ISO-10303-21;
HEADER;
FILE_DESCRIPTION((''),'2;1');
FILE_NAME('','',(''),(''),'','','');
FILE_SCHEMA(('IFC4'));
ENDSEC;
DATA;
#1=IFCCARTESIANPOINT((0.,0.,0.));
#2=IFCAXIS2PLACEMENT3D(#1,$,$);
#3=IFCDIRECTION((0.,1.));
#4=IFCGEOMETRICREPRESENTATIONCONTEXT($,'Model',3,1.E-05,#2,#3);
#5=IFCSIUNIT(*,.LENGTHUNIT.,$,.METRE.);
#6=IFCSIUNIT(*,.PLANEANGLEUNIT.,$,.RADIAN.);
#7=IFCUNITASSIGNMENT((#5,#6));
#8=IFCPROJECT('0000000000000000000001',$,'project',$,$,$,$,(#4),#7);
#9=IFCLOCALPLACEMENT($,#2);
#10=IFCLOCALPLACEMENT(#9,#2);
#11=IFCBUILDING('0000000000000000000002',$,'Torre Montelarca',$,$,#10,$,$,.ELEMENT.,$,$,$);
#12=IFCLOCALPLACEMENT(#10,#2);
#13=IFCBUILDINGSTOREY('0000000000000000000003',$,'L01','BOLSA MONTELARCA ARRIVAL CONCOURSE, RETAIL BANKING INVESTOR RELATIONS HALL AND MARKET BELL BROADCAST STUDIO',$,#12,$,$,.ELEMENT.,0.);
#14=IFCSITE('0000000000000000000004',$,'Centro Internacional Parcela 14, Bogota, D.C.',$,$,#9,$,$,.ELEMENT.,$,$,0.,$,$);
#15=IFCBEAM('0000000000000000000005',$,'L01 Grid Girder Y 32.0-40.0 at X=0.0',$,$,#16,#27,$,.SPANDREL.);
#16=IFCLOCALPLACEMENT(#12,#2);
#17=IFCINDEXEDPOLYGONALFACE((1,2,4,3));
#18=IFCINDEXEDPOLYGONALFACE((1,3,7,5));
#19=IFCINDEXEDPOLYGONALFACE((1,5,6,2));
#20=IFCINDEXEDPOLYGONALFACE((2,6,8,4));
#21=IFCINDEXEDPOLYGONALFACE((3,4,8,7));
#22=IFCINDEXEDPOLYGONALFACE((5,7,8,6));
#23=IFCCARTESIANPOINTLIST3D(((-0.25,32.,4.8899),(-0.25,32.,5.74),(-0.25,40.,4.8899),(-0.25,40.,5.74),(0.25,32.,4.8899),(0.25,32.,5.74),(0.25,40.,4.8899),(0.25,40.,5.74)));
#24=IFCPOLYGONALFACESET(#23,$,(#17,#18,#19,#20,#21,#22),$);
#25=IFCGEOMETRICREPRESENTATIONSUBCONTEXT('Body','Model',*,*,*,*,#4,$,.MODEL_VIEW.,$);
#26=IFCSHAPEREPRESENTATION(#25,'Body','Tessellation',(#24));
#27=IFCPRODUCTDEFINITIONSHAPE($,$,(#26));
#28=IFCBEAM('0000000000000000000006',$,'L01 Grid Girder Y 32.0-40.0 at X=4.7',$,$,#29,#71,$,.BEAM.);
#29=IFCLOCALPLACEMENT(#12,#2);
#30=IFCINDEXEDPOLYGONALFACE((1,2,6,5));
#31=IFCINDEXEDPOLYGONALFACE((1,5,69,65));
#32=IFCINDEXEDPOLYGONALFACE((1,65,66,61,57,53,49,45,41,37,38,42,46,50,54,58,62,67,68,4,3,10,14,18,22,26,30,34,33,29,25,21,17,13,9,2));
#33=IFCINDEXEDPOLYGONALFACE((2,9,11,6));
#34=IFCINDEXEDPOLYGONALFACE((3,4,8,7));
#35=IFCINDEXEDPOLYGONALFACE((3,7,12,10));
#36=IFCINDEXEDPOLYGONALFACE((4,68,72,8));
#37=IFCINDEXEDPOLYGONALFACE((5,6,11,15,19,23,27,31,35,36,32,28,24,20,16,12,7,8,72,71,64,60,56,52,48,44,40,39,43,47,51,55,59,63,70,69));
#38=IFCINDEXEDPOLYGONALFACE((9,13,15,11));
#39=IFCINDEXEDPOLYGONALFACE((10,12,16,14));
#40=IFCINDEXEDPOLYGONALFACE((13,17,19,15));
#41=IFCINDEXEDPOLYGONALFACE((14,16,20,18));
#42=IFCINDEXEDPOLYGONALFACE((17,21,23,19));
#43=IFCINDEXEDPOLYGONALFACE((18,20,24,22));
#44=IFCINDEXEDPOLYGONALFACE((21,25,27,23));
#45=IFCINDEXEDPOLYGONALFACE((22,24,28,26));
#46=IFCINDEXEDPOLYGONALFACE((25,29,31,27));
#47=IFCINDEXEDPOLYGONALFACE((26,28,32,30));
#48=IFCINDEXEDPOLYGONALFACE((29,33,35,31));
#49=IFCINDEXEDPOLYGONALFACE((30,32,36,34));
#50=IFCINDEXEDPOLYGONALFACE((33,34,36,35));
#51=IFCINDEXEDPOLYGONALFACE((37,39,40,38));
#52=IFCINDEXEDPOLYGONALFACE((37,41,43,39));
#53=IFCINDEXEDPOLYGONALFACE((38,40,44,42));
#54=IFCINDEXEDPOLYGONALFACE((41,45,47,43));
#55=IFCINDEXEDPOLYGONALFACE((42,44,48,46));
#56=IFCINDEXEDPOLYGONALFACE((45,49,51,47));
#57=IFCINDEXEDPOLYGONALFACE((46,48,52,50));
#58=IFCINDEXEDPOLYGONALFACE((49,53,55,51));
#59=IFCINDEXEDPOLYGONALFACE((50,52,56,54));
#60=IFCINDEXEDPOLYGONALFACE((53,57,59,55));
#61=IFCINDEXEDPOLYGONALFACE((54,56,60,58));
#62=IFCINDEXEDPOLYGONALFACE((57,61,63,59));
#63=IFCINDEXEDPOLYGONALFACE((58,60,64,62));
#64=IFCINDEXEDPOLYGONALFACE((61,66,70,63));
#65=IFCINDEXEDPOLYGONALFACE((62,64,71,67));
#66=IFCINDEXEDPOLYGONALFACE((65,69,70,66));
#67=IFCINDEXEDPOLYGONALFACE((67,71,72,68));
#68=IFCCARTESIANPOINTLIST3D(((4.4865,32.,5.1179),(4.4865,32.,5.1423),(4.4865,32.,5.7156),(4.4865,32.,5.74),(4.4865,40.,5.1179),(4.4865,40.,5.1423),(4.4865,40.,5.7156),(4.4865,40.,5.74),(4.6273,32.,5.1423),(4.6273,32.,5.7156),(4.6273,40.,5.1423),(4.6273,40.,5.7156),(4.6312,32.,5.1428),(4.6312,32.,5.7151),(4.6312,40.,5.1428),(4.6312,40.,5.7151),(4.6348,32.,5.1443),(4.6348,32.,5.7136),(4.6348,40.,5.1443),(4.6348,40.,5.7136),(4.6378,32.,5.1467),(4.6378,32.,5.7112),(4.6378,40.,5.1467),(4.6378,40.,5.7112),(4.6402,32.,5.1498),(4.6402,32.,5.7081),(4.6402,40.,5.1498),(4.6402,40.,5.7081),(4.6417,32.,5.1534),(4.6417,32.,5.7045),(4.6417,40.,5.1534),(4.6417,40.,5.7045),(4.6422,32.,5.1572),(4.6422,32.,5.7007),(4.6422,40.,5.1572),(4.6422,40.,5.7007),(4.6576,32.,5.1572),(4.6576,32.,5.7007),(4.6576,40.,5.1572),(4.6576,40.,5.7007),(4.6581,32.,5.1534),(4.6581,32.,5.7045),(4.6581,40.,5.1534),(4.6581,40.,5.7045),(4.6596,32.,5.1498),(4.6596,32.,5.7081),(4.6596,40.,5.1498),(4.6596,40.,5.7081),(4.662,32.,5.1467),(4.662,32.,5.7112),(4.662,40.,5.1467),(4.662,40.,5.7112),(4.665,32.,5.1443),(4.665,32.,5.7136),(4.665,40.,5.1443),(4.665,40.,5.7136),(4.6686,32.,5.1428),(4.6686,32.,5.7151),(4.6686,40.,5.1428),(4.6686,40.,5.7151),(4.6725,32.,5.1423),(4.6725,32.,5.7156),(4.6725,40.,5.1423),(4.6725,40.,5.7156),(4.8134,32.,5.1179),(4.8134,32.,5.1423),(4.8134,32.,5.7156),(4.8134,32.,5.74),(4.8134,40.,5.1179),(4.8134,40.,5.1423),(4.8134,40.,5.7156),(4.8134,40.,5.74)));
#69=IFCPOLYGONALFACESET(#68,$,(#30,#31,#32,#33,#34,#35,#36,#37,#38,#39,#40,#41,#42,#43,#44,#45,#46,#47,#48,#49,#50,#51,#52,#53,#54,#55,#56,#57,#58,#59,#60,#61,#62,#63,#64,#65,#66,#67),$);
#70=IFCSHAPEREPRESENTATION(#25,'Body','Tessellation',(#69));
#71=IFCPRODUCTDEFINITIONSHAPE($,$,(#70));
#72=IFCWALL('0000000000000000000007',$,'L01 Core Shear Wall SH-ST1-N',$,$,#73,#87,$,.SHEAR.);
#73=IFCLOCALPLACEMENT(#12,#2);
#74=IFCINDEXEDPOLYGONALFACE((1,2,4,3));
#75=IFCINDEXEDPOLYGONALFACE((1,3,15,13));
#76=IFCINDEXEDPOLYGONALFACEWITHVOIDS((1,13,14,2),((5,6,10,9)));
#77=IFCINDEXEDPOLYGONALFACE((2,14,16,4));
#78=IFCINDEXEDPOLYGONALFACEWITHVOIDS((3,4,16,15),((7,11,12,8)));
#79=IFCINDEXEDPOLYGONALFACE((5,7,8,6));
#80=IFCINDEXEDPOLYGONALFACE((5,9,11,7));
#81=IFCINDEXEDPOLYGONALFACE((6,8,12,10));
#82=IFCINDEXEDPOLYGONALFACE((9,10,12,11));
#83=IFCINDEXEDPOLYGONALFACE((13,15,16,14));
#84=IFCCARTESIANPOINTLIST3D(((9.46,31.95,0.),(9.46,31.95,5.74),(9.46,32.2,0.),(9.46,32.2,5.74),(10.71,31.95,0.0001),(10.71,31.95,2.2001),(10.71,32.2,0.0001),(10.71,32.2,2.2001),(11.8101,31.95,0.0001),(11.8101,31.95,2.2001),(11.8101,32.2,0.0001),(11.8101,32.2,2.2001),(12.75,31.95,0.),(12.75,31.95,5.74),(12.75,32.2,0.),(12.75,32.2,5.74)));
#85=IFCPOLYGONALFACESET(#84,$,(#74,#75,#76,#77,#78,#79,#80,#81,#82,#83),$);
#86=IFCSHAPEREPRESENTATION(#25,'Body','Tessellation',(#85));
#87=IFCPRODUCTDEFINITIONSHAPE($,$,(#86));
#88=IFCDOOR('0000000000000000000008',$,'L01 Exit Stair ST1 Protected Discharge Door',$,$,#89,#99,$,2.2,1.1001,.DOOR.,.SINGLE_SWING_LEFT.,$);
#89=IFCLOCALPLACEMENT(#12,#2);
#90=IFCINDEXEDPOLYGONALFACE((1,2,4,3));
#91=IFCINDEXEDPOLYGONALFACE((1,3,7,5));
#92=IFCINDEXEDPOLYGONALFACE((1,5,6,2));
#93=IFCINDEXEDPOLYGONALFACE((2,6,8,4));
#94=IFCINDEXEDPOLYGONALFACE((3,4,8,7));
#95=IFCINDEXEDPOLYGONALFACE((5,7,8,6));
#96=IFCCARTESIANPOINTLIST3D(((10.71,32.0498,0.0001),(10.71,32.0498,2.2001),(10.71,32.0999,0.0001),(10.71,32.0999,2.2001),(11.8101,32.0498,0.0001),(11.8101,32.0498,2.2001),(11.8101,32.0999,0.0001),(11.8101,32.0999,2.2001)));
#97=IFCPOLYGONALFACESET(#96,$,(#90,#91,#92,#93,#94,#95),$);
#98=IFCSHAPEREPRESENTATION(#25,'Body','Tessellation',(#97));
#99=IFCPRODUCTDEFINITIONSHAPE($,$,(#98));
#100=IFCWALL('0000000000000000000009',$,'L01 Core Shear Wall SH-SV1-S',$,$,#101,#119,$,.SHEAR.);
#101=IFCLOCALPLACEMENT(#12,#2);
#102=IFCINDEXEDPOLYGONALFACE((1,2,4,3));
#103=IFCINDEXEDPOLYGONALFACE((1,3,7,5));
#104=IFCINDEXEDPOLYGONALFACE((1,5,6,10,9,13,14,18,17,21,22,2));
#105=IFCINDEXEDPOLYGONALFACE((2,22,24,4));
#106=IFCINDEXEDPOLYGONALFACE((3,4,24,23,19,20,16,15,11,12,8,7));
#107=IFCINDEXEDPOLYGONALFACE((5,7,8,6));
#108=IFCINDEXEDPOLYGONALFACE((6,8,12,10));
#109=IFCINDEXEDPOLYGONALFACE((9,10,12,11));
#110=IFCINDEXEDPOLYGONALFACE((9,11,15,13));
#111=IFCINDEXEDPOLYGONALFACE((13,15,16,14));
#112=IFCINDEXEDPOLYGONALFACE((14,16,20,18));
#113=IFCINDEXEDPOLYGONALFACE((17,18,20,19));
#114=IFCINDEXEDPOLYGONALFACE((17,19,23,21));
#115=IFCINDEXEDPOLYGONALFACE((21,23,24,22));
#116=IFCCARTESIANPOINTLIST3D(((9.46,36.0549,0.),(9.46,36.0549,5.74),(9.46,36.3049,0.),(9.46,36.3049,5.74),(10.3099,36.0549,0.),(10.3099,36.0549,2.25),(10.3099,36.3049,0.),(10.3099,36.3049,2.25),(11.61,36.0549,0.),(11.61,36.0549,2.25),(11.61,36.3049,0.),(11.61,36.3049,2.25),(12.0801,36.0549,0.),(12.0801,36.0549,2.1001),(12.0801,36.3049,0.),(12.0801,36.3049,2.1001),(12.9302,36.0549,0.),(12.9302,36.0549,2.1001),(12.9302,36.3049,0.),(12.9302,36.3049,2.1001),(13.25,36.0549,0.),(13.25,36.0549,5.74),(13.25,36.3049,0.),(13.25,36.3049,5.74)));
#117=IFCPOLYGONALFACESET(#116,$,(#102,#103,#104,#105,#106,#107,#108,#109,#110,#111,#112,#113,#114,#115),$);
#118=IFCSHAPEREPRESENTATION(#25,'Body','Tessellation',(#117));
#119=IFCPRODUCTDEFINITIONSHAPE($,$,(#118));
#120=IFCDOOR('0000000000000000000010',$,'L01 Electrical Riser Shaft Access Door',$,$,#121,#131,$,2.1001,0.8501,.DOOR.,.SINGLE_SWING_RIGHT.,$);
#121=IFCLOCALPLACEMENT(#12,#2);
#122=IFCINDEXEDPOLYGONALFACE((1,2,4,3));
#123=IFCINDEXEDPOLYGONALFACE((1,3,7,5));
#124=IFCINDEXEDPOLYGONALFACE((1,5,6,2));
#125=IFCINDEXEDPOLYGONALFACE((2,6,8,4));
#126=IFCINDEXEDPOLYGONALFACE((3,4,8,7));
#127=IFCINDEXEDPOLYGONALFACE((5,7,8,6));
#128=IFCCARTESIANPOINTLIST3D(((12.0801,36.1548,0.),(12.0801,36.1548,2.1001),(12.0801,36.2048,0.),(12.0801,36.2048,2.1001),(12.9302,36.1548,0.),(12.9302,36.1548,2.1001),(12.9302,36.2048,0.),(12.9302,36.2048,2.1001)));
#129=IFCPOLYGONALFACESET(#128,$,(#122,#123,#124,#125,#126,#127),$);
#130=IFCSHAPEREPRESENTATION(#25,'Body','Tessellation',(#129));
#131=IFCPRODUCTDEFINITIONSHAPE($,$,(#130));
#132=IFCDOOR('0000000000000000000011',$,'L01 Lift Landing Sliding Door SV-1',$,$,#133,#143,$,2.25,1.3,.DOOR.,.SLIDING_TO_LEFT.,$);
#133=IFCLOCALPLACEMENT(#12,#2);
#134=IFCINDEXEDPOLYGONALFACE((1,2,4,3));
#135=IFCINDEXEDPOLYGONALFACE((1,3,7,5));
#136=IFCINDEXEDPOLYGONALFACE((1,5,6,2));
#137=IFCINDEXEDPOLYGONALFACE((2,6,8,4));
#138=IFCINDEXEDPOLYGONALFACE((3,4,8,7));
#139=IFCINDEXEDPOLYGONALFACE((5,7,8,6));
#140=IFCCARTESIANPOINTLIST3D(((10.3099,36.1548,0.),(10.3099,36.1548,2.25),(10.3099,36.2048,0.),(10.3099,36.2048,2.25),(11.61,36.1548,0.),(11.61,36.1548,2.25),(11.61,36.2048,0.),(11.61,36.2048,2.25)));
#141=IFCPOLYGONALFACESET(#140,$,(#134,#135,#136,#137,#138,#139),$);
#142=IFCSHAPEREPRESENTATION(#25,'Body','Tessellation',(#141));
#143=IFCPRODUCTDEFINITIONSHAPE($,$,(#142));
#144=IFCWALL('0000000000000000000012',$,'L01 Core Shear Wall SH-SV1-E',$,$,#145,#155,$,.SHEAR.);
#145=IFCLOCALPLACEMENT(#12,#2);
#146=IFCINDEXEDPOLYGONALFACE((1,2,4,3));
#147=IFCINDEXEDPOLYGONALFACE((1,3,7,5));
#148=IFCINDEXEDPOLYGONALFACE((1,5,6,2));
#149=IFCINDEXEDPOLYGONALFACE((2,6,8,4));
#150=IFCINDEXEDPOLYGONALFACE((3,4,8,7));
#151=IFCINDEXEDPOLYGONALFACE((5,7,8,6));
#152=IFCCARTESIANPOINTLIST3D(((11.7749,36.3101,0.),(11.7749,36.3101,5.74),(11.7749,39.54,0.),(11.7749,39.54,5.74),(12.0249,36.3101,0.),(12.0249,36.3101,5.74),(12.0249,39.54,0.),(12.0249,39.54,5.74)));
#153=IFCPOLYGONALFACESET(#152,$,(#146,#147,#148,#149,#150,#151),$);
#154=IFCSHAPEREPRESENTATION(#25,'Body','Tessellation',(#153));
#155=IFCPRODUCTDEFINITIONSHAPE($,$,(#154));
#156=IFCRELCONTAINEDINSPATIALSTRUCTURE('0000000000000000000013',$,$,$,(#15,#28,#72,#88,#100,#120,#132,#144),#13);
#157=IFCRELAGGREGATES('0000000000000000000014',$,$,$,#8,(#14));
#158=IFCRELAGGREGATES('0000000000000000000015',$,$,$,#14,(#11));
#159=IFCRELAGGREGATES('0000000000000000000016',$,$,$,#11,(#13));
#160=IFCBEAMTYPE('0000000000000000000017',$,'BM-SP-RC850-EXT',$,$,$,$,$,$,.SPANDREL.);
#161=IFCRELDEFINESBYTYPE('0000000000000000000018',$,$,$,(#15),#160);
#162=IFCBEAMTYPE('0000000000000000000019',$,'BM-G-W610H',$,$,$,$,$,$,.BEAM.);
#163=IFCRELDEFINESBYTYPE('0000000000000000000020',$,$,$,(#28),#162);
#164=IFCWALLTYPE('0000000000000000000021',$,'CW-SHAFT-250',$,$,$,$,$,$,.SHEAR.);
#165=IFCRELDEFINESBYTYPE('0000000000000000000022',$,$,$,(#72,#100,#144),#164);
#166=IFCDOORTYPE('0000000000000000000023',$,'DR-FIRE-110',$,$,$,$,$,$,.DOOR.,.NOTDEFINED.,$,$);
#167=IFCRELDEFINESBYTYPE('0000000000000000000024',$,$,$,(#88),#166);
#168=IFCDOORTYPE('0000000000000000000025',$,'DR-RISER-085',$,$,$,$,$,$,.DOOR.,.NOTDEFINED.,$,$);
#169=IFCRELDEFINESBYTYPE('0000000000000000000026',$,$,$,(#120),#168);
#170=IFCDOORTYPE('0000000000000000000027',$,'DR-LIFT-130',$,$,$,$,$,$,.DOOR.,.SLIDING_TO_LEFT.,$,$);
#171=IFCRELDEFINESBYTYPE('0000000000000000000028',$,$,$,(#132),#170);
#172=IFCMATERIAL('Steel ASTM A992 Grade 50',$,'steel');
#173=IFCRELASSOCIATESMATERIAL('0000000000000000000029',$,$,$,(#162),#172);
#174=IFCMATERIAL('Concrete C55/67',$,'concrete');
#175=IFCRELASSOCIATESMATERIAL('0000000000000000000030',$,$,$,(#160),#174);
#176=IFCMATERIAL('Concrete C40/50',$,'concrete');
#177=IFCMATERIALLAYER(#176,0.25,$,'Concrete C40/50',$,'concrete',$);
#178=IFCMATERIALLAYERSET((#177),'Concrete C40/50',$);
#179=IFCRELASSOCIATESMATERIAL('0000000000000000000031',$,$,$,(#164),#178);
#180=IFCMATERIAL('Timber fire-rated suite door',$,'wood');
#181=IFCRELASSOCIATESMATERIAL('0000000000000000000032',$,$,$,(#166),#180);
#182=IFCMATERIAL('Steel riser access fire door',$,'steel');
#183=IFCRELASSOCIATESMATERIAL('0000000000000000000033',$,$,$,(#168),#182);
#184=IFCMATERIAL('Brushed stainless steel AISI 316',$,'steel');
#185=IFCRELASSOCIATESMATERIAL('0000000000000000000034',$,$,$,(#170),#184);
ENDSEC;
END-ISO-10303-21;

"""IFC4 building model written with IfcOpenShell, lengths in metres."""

from ifc_helpers import new_model, si_unit, direction, frame, frame_2d, origin, origin_2d, place, context, subcontext, project, spatial, rectangle, i_section, extrude, source, transform, mapped, material, layer, layer_set, material_profile, profile_set, type_object, element, fill, save


model = new_model("IFC4")

# Units and contexts
model_context = context("Model", 3, precision=1e-05, world=origin(), true_north=direction((0.0, 1.0)))
body_context = subcontext(model_context, "Body", "Model", "MODEL_VIEW")
ifc_project = project(units=[si_unit("LENGTHUNIT", "METRE"), si_unit("PLANEANGLEUNIT", "RADIAN")], contexts=[model_context])

# Site, building, storey
site_placement = place(None, origin())
site = spatial("IfcSite", under=ifc_project, at=site_placement, Name="Centro Internacional Parcela 14, Bogota, D.C.", CompositionType="ELEMENT", RefElevation=0.0)
building_placement = place(site_placement, origin())
building = spatial("IfcBuilding", under=site, at=building_placement, Name="Torre Montelarca", CompositionType="ELEMENT")
storey_placement = place(building_placement, origin())
storey = spatial("IfcBuildingStorey", under=building, at=storey_placement, Name="L01", Description="BOLSA MONTELARCA ARRIVAL CONCOURSE, RETAIL BANKING INVESTOR RELATIONS HALL AND MARKET BELL BROADCAST STUDIO", CompositionType="ELEMENT", Elevation=0.0)

# Shared definitions
ifc_material_1 = material(Name="Concrete C55/67", Category="concrete")

# Beams
ifc_material_2 = material(Name="Steel ASTM A992 Grade 50", Category="steel")
ifc_material_profile_1 = material_profile(ifc_material_2, i_section(OverallWidth=0.3269, OverallDepth=0.6221, WebThickness=0.0154, FlangeThickness=0.0244, FilletRadius=0.0149, at=origin_2d()), Name="W610X195", Category="steel")
ifc_profile_set_1 = profile_set([ifc_material_profile_1], Name="Steel ASTM A992 Grade 50")
beam_type_1 = type_object("IfcBeamType", Name="BM-G-W610H", PredefinedType="BEAM", material=ifc_profile_set_1)
ifc_material_profile_2 = material_profile(ifc_material_1, rectangle(XDim=0.5, YDim=0.8501, at=origin_2d()), Name="RCB500X850", Category="concrete")
ifc_profile_set_2 = profile_set([ifc_material_profile_2], Name="Concrete C55/67")
beam_type_2 = type_object("IfcBeamType", Name="BM-SP-RC850-EXT", PredefinedType="SPANDREL", material=ifc_profile_set_2)
shared_shape_1 = source(origin(), body_context, "Body", "SweptSolid", [
    extrude(rectangle(XDim=0.5, YDim=0.8501, at=origin_2d()), origin(), (0.0, 0.0, 1.0), 8.0),
])
beam_1_placement = place(storey_placement, frame((0.0, 32.0, 5.3149), z_axis=(0.0, 1.0, 0.0), x_axis=(-1.0, 0.0, 0.0)))
element("IfcBeam", 1, at=beam_1_placement, inside=storey, type_object=beam_type_2, Name="L01 Grid Girder Y 32.0-40.0 at X=0.0", PredefinedType="SPANDREL", context=body_context, shape_type="MappedRepresentation", body=[
    mapped(shared_shape_1, transform((0.0, 0.0, 0.0), scale=1.0)),
])
shared_shape_2 = source(origin(), body_context, "Body", "SweptSolid", [
    extrude(i_section(OverallWidth=0.3269, OverallDepth=0.6221, WebThickness=0.0154, FlangeThickness=0.0244, FilletRadius=0.0149, at=origin_2d()), origin(), (0.0, 0.0, 1.0), 8.0),
])
beam_2_placement = place(storey_placement, frame((4.6499, 32.0, 5.429), z_axis=(0.0, 1.0, 0.0), x_axis=(-1.0, 0.0, 0.0)))
element("IfcBeam", 2, at=beam_2_placement, inside=storey, type_object=beam_type_1, Name="L01 Grid Girder Y 32.0-40.0 at X=4.7", PredefinedType="BEAM", context=body_context, shape_type="MappedRepresentation", body=[
    mapped(shared_shape_2, transform((0.0, 0.0, 0.0), scale=1.0)),
])

# Wall, opening, door
ifc_material_3 = material(Name="Concrete C40/50", Category="concrete")
ifc_layer_1 = layer(ifc_material_3, 0.25, Name="Concrete C40/50", Category="concrete")
ifc_layer_set_1 = layer_set([ifc_layer_1], Name="Concrete C40/50")
wall_type_1 = type_object("IfcWallType", Name="CW-SHAFT-250", PredefinedType="SHEAR", material=ifc_layer_set_1)
wall_1_placement = place(storey_placement, frame((9.46, 32.075, 0.0), z_axis=(0.0, 0.0, 1.0), x_axis=(1.0, 0.0, 0.0)))
wall_1 = element("IfcWall", 3, at=wall_1_placement, inside=storey, type_object=wall_type_1, Name="L01 Core Shear Wall SH-ST1-N", PredefinedType="SHEAR", context=body_context, shape_type="SweptSolid", body=[
    extrude(rectangle(XDim=3.29, YDim=0.25, at=frame_2d((1.645, 0.0))), origin(), (0.0, 0.0, 1.0), 5.74),
])
opening_1_placement = place(wall_1_placement, frame((1.25, 0.0, 0.0)))
opening_1 = element("IfcOpeningElement", 4, at=opening_1_placement, cuts=wall_1, PredefinedType="OPENING", context=body_context, shape_type="SweptSolid", body=[
    extrude(rectangle(XDim=1.1001, YDim=2.2, at=frame_2d((0.55, 1.1001))), frame((0.0, 0.135, 0.0), z_axis=(0.0, -1.0, 0.0), x_axis=(1.0, 0.0, 0.0)), (0.0, 0.0, 1.0), 0.27),
])
ifc_material_4 = material(Name="Timber fire-rated suite door", Category="wood")
door_type_1 = type_object("IfcDoorType", Name="DR-FIRE-110", OperationType="NOTDEFINED", PredefinedType="DOOR", material=ifc_material_4)
shared_shape_3 = source(origin(), body_context, "Body", "SweptSolid", [
    extrude(rectangle(XDim=1.1001, YDim=2.2, at=frame_2d((0.55, 1.1001))), frame((0.0, 0.0249, 0.0), z_axis=(0.0, -1.0, 0.0), x_axis=(1.0, 0.0, 0.0)), (0.0, 0.0, 1.0), 0.05),
])
door_1_placement = place(opening_1_placement, origin())
door_1 = element("IfcDoor", 5, at=door_1_placement, inside=storey, type_object=door_type_1, Name="L01 Exit Stair ST1 Protected Discharge Door", OperationType="SINGLE_SWING_LEFT", OverallHeight=2.2, OverallWidth=1.1001, PredefinedType="DOOR", context=body_context, shape_type="MappedRepresentation", body=[
    mapped(shared_shape_3, transform((0.0, 0.0, 0.0), scale=1.0)),
])
fill(opening_1, door_1)

# Wall, openings, doors
wall_2_placement = place(storey_placement, frame((9.46, 36.1799, 0.0), z_axis=(0.0, 0.0, 1.0), x_axis=(1.0, 0.0, 0.0)))
wall_2 = element("IfcWall", 6, at=wall_2_placement, inside=storey, type_object=wall_type_1, Name="L01 Core Shear Wall SH-SV1-S", PredefinedType="SHEAR", context=body_context, shape_type="SweptSolid", body=[
    extrude(rectangle(XDim=3.79, YDim=0.25, at=frame_2d((1.895, 0.0))), origin(), (0.0, 0.0, 1.0), 5.74),
])
opening_2_placement = place(wall_2_placement, frame((2.6201, 0.0, 0.0)))
opening_2 = element("IfcOpeningElement", 7, at=opening_2_placement, cuts=wall_2, PredefinedType="OPENING", context=body_context, shape_type="SweptSolid", body=[
    extrude(rectangle(XDim=0.8501, YDim=2.1001, at=frame_2d((0.425, 1.05))), frame((0.0, 0.135, 0.0), z_axis=(0.0, -1.0, 0.0), x_axis=(1.0, 0.0, 0.0)), (0.0, 0.0, 1.0), 0.27),
])
opening_3_placement = place(wall_2_placement, frame((0.8501, 0.0, 0.0)))
opening_3 = element("IfcOpeningElement", 8, at=opening_3_placement, cuts=wall_2, PredefinedType="OPENING", context=body_context, shape_type="SweptSolid", body=[
    extrude(rectangle(XDim=1.3, YDim=2.25, at=frame_2d((0.6499, 1.125))), frame((0.0, 0.135, 0.0), z_axis=(0.0, -1.0, 0.0), x_axis=(1.0, 0.0, 0.0)), (0.0, 0.0, 1.0), 0.27),
])
ifc_material_5 = material(Name="Steel riser access fire door", Category="steel")
door_type_2 = type_object("IfcDoorType", Name="DR-RISER-085", OperationType="NOTDEFINED", PredefinedType="DOOR", material=ifc_material_5)
shared_shape_4 = source(origin(), body_context, "Body", "SweptSolid", [
    extrude(rectangle(XDim=0.8501, YDim=2.1001, at=frame_2d((0.425, 1.05))), frame((0.0, 0.0249, 0.0), z_axis=(0.0, -1.0, 0.0), x_axis=(1.0, 0.0, 0.0)), (0.0, 0.0, 1.0), 0.05),
])
door_2_placement = place(opening_2_placement, origin())
door_2 = element("IfcDoor", 9, at=door_2_placement, inside=storey, type_object=door_type_2, Name="L01 Electrical Riser Shaft Access Door", OperationType="SINGLE_SWING_RIGHT", OverallHeight=2.1001, OverallWidth=0.8501, PredefinedType="DOOR", context=body_context, shape_type="MappedRepresentation", body=[
    mapped(shared_shape_4, transform((0.0, 0.0, 0.0), scale=1.0)),
])
fill(opening_2, door_2)
ifc_material_6 = material(Name="Brushed stainless steel AISI 316", Category="steel")
door_type_3 = type_object("IfcDoorType", Name="DR-LIFT-130", OperationType="SLIDING_TO_LEFT", PredefinedType="DOOR", material=ifc_material_6)
shared_shape_5 = source(origin(), body_context, "Body", "SweptSolid", [
    extrude(rectangle(XDim=1.3, YDim=2.25, at=frame_2d((0.6499, 1.125))), frame((0.0, 0.0249, 0.0), z_axis=(0.0, -1.0, 0.0), x_axis=(1.0, 0.0, 0.0)), (0.0, 0.0, 1.0), 0.05),
])
door_3_placement = place(opening_3_placement, origin())
door_3 = element("IfcDoor", 10, at=door_3_placement, inside=storey, type_object=door_type_3, Name="L01 Lift Landing Sliding Door SV-1", OperationType="SLIDING_TO_LEFT", OverallHeight=2.25, OverallWidth=1.3, PredefinedType="DOOR", context=body_context, shape_type="MappedRepresentation", body=[
    mapped(shared_shape_5, transform((0.0, 0.0, 0.0), scale=1.0)),
])
fill(opening_3, door_3)

# Wall
wall_3_placement = place(storey_placement, frame((11.8999, 36.3101, 0.0), z_axis=(0.0, 0.0, 1.0), x_axis=(0.0, 1.0, 0.0)))
element("IfcWall", 11, at=wall_3_placement, inside=storey, type_object=wall_type_1, Name="L01 Core Shear Wall SH-SV1-E", PredefinedType="SHEAR", context=body_context, shape_type="SweptSolid", body=[
    extrude(rectangle(XDim=3.23, YDim=0.25, at=frame_2d((1.615, 0.0))), origin(), (0.0, 0.0, 1.0), 5.74),
])

save(model, "model.ifc")
